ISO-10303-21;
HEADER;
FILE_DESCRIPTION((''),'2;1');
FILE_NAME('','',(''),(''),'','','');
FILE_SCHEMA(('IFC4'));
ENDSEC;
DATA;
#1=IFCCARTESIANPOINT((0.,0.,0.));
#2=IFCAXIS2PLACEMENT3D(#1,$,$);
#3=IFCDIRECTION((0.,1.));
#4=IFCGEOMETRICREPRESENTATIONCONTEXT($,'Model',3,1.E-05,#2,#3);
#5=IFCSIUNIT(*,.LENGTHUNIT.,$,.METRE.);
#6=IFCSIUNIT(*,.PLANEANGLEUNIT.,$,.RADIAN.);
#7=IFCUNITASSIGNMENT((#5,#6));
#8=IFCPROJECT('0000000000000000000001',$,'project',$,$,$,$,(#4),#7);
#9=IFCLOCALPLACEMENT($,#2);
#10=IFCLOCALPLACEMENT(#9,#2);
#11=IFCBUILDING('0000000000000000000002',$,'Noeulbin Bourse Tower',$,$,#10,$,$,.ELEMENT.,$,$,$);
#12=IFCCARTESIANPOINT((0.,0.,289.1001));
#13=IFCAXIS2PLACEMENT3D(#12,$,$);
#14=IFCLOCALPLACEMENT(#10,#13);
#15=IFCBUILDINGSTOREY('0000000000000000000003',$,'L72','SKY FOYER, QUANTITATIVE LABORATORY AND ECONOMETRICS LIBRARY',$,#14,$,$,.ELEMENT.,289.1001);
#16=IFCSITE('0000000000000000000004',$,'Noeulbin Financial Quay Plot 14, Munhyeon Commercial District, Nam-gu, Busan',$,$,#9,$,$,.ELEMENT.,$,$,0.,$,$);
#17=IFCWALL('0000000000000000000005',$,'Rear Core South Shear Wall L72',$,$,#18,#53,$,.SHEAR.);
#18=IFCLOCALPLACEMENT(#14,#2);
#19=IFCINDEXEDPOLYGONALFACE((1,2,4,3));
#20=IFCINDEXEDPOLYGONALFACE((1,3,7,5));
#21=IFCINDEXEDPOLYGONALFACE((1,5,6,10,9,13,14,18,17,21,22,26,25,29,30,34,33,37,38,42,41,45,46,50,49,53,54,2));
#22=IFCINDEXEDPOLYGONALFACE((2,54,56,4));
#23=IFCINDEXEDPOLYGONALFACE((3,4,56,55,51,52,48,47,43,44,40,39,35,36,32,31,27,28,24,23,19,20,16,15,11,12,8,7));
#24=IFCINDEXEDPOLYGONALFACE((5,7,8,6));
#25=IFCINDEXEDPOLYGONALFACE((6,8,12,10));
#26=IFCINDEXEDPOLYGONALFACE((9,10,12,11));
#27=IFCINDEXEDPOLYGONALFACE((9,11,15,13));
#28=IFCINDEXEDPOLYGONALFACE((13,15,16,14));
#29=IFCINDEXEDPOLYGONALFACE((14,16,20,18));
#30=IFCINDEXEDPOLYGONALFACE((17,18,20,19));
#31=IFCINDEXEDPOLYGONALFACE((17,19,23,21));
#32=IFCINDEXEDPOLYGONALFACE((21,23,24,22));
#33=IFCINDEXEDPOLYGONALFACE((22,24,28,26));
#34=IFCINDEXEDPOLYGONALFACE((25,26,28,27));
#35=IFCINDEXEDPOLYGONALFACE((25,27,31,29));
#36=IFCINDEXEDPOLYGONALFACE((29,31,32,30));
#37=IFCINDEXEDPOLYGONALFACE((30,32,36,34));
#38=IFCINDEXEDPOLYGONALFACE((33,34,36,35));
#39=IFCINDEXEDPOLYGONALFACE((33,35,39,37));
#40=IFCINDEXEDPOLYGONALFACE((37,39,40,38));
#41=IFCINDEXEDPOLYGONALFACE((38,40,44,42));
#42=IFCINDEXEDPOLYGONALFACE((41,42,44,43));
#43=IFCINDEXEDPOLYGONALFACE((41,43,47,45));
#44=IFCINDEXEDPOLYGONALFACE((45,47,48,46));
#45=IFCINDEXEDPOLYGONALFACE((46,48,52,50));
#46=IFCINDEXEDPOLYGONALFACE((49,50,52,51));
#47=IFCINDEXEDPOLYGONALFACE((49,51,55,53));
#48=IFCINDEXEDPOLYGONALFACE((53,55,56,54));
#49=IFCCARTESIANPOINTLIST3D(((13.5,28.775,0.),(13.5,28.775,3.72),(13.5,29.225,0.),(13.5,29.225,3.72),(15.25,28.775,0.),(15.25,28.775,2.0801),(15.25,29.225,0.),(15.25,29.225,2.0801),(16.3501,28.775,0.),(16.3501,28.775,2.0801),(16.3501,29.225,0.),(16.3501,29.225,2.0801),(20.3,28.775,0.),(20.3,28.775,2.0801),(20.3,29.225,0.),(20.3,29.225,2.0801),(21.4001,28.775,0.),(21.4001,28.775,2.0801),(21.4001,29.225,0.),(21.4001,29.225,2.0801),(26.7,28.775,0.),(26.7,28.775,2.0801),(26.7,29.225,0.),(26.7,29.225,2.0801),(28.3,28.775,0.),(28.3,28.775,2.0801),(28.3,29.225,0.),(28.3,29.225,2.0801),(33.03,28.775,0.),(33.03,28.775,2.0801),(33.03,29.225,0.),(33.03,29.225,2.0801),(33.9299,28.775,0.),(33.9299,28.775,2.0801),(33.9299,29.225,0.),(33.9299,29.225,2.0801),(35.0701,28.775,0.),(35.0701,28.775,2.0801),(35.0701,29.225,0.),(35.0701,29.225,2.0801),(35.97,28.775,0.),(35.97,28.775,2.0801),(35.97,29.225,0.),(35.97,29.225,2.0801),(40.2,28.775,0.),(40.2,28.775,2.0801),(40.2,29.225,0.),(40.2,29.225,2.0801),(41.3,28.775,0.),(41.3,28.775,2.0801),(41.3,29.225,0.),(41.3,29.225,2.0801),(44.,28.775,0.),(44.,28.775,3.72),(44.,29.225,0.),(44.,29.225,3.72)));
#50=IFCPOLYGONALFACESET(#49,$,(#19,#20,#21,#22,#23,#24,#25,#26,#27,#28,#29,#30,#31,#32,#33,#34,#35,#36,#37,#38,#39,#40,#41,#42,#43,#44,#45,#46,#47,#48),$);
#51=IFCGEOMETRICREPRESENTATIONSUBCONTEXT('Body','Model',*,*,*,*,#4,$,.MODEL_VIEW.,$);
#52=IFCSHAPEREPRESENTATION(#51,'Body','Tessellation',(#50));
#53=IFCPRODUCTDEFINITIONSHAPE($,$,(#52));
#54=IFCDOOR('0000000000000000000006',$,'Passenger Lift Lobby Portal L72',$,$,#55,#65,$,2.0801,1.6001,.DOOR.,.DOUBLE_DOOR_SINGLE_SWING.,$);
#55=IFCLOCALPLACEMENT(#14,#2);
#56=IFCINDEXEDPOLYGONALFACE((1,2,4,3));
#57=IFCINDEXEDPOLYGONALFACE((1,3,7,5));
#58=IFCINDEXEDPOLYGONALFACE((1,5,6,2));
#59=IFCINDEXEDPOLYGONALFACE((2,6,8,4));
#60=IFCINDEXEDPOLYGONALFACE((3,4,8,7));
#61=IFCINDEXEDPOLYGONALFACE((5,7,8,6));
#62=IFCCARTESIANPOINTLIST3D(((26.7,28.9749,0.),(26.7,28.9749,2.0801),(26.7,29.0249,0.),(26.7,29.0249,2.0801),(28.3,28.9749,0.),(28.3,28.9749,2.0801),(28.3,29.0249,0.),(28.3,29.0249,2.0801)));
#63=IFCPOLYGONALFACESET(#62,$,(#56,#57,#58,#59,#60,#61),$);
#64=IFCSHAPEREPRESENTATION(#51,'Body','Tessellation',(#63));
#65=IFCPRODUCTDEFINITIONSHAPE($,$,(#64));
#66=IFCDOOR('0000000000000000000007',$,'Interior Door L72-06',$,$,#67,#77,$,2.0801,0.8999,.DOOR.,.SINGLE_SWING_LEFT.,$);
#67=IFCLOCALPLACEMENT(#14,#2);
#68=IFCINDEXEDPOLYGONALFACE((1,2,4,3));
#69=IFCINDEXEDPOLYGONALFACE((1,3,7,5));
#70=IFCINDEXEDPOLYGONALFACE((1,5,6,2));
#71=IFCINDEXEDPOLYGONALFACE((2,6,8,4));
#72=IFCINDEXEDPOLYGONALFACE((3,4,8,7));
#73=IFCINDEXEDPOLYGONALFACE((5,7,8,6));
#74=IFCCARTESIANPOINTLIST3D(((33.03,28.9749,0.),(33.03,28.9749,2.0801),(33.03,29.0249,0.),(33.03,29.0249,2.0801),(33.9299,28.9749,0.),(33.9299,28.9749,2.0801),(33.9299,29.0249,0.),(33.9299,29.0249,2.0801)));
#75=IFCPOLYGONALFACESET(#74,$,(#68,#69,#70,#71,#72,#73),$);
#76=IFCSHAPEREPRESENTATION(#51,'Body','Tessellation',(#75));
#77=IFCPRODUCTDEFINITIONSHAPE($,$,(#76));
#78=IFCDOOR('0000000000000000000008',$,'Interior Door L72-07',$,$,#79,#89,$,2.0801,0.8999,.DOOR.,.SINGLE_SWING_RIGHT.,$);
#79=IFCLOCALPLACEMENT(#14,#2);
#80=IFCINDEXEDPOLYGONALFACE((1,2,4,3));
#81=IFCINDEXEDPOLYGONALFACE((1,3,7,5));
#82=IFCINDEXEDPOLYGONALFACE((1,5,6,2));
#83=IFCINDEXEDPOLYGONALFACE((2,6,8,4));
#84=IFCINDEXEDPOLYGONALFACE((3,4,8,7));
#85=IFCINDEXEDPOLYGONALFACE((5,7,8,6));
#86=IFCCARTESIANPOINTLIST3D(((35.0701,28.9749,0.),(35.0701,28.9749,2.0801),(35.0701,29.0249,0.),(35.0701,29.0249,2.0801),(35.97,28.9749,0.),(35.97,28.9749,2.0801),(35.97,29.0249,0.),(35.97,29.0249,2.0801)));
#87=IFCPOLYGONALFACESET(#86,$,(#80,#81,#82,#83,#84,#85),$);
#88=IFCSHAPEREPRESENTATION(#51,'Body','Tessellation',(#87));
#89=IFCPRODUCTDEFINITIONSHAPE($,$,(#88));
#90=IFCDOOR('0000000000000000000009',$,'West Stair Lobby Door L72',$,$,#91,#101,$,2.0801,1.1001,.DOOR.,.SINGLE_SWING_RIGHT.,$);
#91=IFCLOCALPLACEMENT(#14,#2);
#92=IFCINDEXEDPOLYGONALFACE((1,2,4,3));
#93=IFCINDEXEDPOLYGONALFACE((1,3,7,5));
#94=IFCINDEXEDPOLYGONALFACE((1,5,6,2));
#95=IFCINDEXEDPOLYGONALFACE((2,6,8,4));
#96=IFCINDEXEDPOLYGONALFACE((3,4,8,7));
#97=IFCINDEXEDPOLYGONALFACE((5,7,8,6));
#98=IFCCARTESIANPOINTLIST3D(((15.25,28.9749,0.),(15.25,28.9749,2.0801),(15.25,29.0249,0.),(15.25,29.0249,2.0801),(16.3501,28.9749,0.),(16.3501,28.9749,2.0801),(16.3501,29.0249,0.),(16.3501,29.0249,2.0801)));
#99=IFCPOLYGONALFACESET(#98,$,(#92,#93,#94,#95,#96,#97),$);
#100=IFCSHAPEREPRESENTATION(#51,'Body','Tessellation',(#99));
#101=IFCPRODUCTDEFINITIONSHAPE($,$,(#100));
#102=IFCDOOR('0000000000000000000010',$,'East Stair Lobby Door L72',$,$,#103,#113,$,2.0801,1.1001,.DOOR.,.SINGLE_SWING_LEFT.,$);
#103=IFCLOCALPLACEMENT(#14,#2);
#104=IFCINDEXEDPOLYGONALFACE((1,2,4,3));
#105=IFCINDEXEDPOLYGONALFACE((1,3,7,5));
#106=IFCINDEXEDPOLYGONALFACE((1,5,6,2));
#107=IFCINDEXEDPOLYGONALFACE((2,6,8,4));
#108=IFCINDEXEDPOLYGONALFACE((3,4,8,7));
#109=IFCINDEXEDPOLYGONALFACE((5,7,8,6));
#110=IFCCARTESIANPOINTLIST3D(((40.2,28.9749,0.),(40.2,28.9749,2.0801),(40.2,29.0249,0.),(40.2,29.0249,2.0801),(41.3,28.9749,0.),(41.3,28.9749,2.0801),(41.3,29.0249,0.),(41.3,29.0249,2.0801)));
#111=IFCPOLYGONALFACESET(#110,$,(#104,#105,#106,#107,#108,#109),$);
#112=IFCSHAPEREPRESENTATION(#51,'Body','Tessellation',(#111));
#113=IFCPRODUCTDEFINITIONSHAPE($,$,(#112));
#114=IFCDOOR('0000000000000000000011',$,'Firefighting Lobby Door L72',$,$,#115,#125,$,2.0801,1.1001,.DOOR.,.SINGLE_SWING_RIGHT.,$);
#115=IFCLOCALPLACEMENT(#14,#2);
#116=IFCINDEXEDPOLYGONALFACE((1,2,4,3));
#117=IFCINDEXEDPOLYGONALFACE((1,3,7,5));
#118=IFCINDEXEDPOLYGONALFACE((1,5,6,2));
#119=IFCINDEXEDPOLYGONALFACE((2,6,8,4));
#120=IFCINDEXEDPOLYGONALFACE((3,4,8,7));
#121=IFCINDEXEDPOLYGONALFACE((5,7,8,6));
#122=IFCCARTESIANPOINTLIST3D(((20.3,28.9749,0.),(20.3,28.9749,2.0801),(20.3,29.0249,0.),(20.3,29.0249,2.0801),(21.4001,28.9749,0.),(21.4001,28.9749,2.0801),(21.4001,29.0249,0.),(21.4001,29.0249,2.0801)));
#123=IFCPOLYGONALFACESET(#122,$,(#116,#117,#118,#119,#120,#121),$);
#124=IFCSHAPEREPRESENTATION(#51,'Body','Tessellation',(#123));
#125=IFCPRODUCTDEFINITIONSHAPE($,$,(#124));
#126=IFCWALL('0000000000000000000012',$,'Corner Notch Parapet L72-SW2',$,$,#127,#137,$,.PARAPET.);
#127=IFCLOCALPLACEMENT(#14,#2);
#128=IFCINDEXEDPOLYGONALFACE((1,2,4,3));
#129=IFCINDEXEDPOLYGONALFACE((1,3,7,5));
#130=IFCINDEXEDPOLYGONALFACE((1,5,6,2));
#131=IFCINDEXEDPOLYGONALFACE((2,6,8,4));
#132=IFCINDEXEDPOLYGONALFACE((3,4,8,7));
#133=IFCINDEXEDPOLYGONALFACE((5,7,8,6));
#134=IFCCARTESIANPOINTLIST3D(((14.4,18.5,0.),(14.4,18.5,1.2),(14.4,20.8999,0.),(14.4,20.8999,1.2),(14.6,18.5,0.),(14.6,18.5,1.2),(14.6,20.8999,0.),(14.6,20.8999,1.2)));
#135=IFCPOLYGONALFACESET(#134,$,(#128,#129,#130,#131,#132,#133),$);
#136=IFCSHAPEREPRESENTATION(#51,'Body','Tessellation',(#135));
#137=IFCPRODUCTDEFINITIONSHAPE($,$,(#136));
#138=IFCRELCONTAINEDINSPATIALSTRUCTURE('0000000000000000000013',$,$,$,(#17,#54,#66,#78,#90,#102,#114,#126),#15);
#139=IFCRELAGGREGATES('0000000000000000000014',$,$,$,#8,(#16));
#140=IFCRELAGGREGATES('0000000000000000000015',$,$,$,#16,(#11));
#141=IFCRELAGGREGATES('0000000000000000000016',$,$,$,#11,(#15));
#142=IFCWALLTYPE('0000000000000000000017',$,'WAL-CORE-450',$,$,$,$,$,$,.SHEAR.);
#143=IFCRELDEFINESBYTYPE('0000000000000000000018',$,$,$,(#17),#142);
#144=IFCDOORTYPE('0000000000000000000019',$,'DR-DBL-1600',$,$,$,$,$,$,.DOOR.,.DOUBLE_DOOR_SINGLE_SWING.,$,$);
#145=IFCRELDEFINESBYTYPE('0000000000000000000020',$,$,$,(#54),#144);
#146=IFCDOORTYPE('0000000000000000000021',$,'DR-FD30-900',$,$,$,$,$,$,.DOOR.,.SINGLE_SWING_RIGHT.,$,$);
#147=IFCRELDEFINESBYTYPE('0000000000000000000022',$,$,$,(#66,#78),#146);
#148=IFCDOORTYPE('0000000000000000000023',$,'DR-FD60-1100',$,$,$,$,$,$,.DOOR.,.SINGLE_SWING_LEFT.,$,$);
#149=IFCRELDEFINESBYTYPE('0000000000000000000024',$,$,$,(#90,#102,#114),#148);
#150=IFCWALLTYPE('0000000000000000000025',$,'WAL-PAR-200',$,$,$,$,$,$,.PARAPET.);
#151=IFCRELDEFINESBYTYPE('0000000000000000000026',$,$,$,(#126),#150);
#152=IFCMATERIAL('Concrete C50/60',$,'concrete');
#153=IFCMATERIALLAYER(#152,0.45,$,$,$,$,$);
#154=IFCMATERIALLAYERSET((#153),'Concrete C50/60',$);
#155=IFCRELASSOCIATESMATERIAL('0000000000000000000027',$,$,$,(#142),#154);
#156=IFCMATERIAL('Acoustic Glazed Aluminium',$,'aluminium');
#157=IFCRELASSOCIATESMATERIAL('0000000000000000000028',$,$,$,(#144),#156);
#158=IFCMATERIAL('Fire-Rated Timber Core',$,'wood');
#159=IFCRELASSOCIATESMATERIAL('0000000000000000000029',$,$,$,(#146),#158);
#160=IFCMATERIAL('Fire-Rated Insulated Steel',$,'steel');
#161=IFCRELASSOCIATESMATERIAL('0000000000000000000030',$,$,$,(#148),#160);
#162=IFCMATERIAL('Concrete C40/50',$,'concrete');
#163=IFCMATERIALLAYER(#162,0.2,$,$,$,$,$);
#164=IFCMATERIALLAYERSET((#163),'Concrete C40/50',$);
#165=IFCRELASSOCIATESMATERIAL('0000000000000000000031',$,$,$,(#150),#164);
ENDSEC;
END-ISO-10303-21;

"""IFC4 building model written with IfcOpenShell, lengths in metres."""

from ifc_helpers import new_model, si_unit, direction, frame, frame_2d, origin, place, context, subcontext, project, spatial, rectangle, extrude, material, layer, layer_set, type_object, element, fill, save


model = new_model("IFC4")

# Units and contexts
model_context = context("Model", 3, precision=1e-05, world=origin(), true_north=direction((0.0, 1.0)))
body_context = subcontext(model_context, "Body", "Model", "MODEL_VIEW")
ifc_project = project(units=[si_unit("LENGTHUNIT", "METRE"), si_unit("PLANEANGLEUNIT", "RADIAN")], contexts=[model_context])

# Site, building, storey
site_placement = place(None, origin())
site = spatial("IfcSite", under=ifc_project, at=site_placement, Name="Noeulbin Financial Quay Plot 14, Munhyeon Commercial District, Nam-gu, Busan", CompositionType="ELEMENT", RefElevation=0.0)
building_placement = place(site_placement, origin())
building = spatial("IfcBuilding", under=site, at=building_placement, Name="Noeulbin Bourse Tower", CompositionType="ELEMENT")
storey_placement = place(building_placement, frame((0.0, 0.0, 289.1001)))
storey = spatial("IfcBuildingStorey", under=building, at=storey_placement, Name="L72", Description="SKY FOYER, QUANTITATIVE LABORATORY AND ECONOMETRICS LIBRARY", CompositionType="ELEMENT", Elevation=289.1001)

# Wall, openings, doors
ifc_material_1 = material(Name="Concrete C50/60", Category="concrete")
ifc_layer_1 = layer(ifc_material_1, 0.45)
ifc_layer_set_1 = layer_set([ifc_layer_1], Name="Concrete C50/60")
wall_type_1 = type_object("IfcWallType", Name="WAL-CORE-450", PredefinedType="SHEAR", material=ifc_layer_set_1)
wall_1_placement = place(storey_placement, frame((13.5, 29.0, 0.0), z_axis=(0.0, 0.0, 1.0), x_axis=(1.0, 0.0, 0.0)))
wall_1 = element("IfcWall", 1, at=wall_1_placement, inside=storey, type_object=wall_type_1, Name="Rear Core South Shear Wall L72", PredefinedType="SHEAR", context=body_context, shape_type="SweptSolid", body=[
    extrude(rectangle(XDim=30.5, YDim=0.45, at=frame_2d((15.25, 0.0))), origin(), (0.0, 0.0, 1.0), 3.72),
])
opening_1_placement = place(wall_1_placement, frame((1.75, 0.0, 0.0)))
opening_1 = element("IfcOpeningElement", 2, at=opening_1_placement, cuts=wall_1, PredefinedType="OPENING", context=body_context, shape_type="SweptSolid", body=[
    extrude(rectangle(XDim=1.1001, YDim=2.0801, at=frame_2d((0.55, 1.04))), frame((0.0, 0.2349, 0.0), z_axis=(0.0, -1.0, 0.0), x_axis=(1.0, 0.0, 0.0)), (0.0, 0.0, 1.0), 0.47),
])
opening_2_placement = place(wall_1_placement, frame((26.7, 0.0, 0.0)))
opening_2 = element("IfcOpeningElement", 3, at=opening_2_placement, cuts=wall_1, PredefinedType="OPENING", context=body_context, shape_type="SweptSolid", body=[
    extrude(rectangle(XDim=1.1001, YDim=2.0801, at=frame_2d((0.55, 1.04))), frame((0.0, 0.2349, 0.0), z_axis=(0.0, -1.0, 0.0), x_axis=(1.0, 0.0, 0.0)), (0.0, 0.0, 1.0), 0.47),
])
opening_3_placement = place(wall_1_placement, frame((6.8, 0.0, 0.0)))
opening_3 = element("IfcOpeningElement", 4, at=opening_3_placement, cuts=wall_1, PredefinedType="OPENING", context=body_context, shape_type="SweptSolid", body=[
    extrude(rectangle(XDim=1.1001, YDim=2.0801, at=frame_2d((0.55, 1.04))), frame((0.0, 0.2349, 0.0), z_axis=(0.0, -1.0, 0.0), x_axis=(1.0, 0.0, 0.0)), (0.0, 0.0, 1.0), 0.47),
])
opening_4_placement = place(wall_1_placement, frame((13.2, 0.0, 0.0)))
opening_4 = element("IfcOpeningElement", 5, at=opening_4_placement, cuts=wall_1, PredefinedType="OPENING", context=body_context, shape_type="SweptSolid", body=[
    extrude(rectangle(XDim=1.6001, YDim=2.0801, at=frame_2d((0.8, 1.04))), frame((0.0, 0.2349, 0.0), z_axis=(0.0, -1.0, 0.0), x_axis=(1.0, 0.0, 0.0)), (0.0, 0.0, 1.0), 0.47),
])
opening_5_placement = place(wall_1_placement, frame((19.53, 0.0, 0.0)))
opening_5 = element("IfcOpeningElement", 6, at=opening_5_placement, cuts=wall_1, PredefinedType="OPENING", context=body_context, shape_type="SweptSolid", body=[
    extrude(rectangle(XDim=0.8999, YDim=2.0801, at=frame_2d((0.45, 1.04))), frame((0.0, 0.2349, 0.0), z_axis=(0.0, -1.0, 0.0), x_axis=(1.0, 0.0, 0.0)), (0.0, 0.0, 1.0), 0.47),
])
opening_6_placement = place(wall_1_placement, frame((21.5701, 0.0, 0.0)))
opening_6 = element("IfcOpeningElement", 7, at=opening_6_placement, cuts=wall_1, PredefinedType="OPENING", context=body_context, shape_type="SweptSolid", body=[
    extrude(rectangle(XDim=0.8999, YDim=2.0801, at=frame_2d((0.45, 1.04))), frame((0.0, 0.2349, 0.0), z_axis=(0.0, -1.0, 0.0), x_axis=(1.0, 0.0, 0.0)), (0.0, 0.0, 1.0), 0.47),
])
ifc_material_2 = material(Name="Acoustic Glazed Aluminium", Category="aluminium")
door_type_1 = type_object("IfcDoorType", Name="DR-DBL-1600", OperationType="DOUBLE_DOOR_SINGLE_SWING", PredefinedType="DOOR", material=ifc_material_2)
door_1_placement = place(opening_4_placement, origin())
door_1 = element("IfcDoor", 8, at=door_1_placement, inside=storey, type_object=door_type_1, Name="Passenger Lift Lobby Portal L72", OperationType="DOUBLE_DOOR_SINGLE_SWING", OverallHeight=2.0801, OverallWidth=1.6001, PredefinedType="DOOR", context=body_context, shape_type="SweptSolid", body=[
    extrude(rectangle(XDim=1.6001, YDim=2.0801, at=frame_2d((0.8, 1.04))), frame((0.0, 0.0249, 0.0), z_axis=(0.0, -1.0, 0.0), x_axis=(1.0, 0.0, 0.0)), (0.0, 0.0, 1.0), 0.05),
])
fill(opening_4, door_1)
ifc_material_3 = material(Name="Fire-Rated Timber Core", Category="wood")
door_type_2 = type_object("IfcDoorType", Name="DR-FD30-900", OperationType="SINGLE_SWING_RIGHT", PredefinedType="DOOR", material=ifc_material_3)
door_2_placement = place(opening_5_placement, origin())
door_2 = element("IfcDoor", 9, at=door_2_placement, inside=storey, type_object=door_type_2, Name="Interior Door L72-06", OperationType="SINGLE_SWING_LEFT", OverallHeight=2.0801, OverallWidth=0.8999, PredefinedType="DOOR", context=body_context, shape_type="SweptSolid", body=[
    extrude(rectangle(XDim=0.8999, YDim=2.0801, at=frame_2d((0.45, 1.04))), frame((0.0, 0.0249, 0.0), z_axis=(0.0, -1.0, 0.0), x_axis=(1.0, 0.0, 0.0)), (0.0, 0.0, 1.0), 0.05),
])
fill(opening_5, door_2)
door_3_placement = place(opening_6_placement, origin())
door_3 = element("IfcDoor", 10, at=door_3_placement, inside=storey, type_object=door_type_2, Name="Interior Door L72-07", OperationType="SINGLE_SWING_RIGHT", OverallHeight=2.0801, OverallWidth=0.8999, PredefinedType="DOOR", context=body_context, shape_type="SweptSolid", body=[
    extrude(rectangle(XDim=0.8999, YDim=2.0801, at=frame_2d((0.45, 1.04))), frame((0.0, 0.0249, 0.0), z_axis=(0.0, -1.0, 0.0), x_axis=(1.0, 0.0, 0.0)), (0.0, 0.0, 1.0), 0.05),
])
fill(opening_6, door_3)
ifc_material_4 = material(Name="Fire-Rated Insulated Steel", Category="steel")
door_type_3 = type_object("IfcDoorType", Name="DR-FD60-1100", OperationType="SINGLE_SWING_LEFT", PredefinedType="DOOR", material=ifc_material_4)
door_4_placement = place(opening_1_placement, origin())
door_4 = element("IfcDoor", 11, at=door_4_placement, inside=storey, type_object=door_type_3, Name="West Stair Lobby Door L72", OperationType="SINGLE_SWING_RIGHT", OverallHeight=2.0801, OverallWidth=1.1001, PredefinedType="DOOR", context=body_context, shape_type="SweptSolid", body=[
    extrude(rectangle(XDim=1.1001, YDim=2.0801, at=frame_2d((0.55, 1.04))), frame((0.0, 0.0249, 0.0), z_axis=(0.0, -1.0, 0.0), x_axis=(1.0, 0.0, 0.0)), (0.0, 0.0, 1.0), 0.05),
])
fill(opening_1, door_4)
door_5_placement = place(opening_2_placement, origin())
door_5 = element("IfcDoor", 12, at=door_5_placement, inside=storey, type_object=door_type_3, Name="East Stair Lobby Door L72", OperationType="SINGLE_SWING_LEFT", OverallHeight=2.0801, OverallWidth=1.1001, PredefinedType="DOOR", context=body_context, shape_type="SweptSolid", body=[
    extrude(rectangle(XDim=1.1001, YDim=2.0801, at=frame_2d((0.55, 1.04))), frame((0.0, 0.0249, 0.0), z_axis=(0.0, -1.0, 0.0), x_axis=(1.0, 0.0, 0.0)), (0.0, 0.0, 1.0), 0.05),
])
fill(opening_2, door_5)
door_6_placement = place(opening_3_placement, origin())
door_6 = element("IfcDoor", 13, at=door_6_placement, inside=storey, type_object=door_type_3, Name="Firefighting Lobby Door L72", OperationType="SINGLE_SWING_RIGHT", OverallHeight=2.0801, OverallWidth=1.1001, PredefinedType="DOOR", context=body_context, shape_type="SweptSolid", body=[
    extrude(rectangle(XDim=1.1001, YDim=2.0801, at=frame_2d((0.55, 1.04))), frame((0.0, 0.0249, 0.0), z_axis=(0.0, -1.0, 0.0), x_axis=(1.0, 0.0, 0.0)), (0.0, 0.0, 1.0), 0.05),
])
fill(opening_3, door_6)

# Wall
ifc_material_5 = material(Name="Concrete C40/50", Category="concrete")
ifc_layer_2 = layer(ifc_material_5, 0.2)
ifc_layer_set_2 = layer_set([ifc_layer_2], Name="Concrete C40/50")
wall_type_2 = type_object("IfcWallType", Name="WAL-PAR-200", PredefinedType="PARAPET", material=ifc_layer_set_2)
wall_2_placement = place(storey_placement, frame((14.5, 20.8999, 0.0), z_axis=(0.0, 0.0, 1.0), x_axis=(0.0, -1.0, 0.0)))
element("IfcWall", 14, at=wall_2_placement, inside=storey, type_object=wall_type_2, Name="Corner Notch Parapet L72-SW2", PredefinedType="PARAPET", context=body_context, shape_type="SweptSolid", body=[
    extrude(rectangle(XDim=2.3999, YDim=0.2, at=frame_2d((1.2, 0.0))), origin(), (0.0, 0.0, 1.0), 1.2),
])

save(model, "model.ifc")
